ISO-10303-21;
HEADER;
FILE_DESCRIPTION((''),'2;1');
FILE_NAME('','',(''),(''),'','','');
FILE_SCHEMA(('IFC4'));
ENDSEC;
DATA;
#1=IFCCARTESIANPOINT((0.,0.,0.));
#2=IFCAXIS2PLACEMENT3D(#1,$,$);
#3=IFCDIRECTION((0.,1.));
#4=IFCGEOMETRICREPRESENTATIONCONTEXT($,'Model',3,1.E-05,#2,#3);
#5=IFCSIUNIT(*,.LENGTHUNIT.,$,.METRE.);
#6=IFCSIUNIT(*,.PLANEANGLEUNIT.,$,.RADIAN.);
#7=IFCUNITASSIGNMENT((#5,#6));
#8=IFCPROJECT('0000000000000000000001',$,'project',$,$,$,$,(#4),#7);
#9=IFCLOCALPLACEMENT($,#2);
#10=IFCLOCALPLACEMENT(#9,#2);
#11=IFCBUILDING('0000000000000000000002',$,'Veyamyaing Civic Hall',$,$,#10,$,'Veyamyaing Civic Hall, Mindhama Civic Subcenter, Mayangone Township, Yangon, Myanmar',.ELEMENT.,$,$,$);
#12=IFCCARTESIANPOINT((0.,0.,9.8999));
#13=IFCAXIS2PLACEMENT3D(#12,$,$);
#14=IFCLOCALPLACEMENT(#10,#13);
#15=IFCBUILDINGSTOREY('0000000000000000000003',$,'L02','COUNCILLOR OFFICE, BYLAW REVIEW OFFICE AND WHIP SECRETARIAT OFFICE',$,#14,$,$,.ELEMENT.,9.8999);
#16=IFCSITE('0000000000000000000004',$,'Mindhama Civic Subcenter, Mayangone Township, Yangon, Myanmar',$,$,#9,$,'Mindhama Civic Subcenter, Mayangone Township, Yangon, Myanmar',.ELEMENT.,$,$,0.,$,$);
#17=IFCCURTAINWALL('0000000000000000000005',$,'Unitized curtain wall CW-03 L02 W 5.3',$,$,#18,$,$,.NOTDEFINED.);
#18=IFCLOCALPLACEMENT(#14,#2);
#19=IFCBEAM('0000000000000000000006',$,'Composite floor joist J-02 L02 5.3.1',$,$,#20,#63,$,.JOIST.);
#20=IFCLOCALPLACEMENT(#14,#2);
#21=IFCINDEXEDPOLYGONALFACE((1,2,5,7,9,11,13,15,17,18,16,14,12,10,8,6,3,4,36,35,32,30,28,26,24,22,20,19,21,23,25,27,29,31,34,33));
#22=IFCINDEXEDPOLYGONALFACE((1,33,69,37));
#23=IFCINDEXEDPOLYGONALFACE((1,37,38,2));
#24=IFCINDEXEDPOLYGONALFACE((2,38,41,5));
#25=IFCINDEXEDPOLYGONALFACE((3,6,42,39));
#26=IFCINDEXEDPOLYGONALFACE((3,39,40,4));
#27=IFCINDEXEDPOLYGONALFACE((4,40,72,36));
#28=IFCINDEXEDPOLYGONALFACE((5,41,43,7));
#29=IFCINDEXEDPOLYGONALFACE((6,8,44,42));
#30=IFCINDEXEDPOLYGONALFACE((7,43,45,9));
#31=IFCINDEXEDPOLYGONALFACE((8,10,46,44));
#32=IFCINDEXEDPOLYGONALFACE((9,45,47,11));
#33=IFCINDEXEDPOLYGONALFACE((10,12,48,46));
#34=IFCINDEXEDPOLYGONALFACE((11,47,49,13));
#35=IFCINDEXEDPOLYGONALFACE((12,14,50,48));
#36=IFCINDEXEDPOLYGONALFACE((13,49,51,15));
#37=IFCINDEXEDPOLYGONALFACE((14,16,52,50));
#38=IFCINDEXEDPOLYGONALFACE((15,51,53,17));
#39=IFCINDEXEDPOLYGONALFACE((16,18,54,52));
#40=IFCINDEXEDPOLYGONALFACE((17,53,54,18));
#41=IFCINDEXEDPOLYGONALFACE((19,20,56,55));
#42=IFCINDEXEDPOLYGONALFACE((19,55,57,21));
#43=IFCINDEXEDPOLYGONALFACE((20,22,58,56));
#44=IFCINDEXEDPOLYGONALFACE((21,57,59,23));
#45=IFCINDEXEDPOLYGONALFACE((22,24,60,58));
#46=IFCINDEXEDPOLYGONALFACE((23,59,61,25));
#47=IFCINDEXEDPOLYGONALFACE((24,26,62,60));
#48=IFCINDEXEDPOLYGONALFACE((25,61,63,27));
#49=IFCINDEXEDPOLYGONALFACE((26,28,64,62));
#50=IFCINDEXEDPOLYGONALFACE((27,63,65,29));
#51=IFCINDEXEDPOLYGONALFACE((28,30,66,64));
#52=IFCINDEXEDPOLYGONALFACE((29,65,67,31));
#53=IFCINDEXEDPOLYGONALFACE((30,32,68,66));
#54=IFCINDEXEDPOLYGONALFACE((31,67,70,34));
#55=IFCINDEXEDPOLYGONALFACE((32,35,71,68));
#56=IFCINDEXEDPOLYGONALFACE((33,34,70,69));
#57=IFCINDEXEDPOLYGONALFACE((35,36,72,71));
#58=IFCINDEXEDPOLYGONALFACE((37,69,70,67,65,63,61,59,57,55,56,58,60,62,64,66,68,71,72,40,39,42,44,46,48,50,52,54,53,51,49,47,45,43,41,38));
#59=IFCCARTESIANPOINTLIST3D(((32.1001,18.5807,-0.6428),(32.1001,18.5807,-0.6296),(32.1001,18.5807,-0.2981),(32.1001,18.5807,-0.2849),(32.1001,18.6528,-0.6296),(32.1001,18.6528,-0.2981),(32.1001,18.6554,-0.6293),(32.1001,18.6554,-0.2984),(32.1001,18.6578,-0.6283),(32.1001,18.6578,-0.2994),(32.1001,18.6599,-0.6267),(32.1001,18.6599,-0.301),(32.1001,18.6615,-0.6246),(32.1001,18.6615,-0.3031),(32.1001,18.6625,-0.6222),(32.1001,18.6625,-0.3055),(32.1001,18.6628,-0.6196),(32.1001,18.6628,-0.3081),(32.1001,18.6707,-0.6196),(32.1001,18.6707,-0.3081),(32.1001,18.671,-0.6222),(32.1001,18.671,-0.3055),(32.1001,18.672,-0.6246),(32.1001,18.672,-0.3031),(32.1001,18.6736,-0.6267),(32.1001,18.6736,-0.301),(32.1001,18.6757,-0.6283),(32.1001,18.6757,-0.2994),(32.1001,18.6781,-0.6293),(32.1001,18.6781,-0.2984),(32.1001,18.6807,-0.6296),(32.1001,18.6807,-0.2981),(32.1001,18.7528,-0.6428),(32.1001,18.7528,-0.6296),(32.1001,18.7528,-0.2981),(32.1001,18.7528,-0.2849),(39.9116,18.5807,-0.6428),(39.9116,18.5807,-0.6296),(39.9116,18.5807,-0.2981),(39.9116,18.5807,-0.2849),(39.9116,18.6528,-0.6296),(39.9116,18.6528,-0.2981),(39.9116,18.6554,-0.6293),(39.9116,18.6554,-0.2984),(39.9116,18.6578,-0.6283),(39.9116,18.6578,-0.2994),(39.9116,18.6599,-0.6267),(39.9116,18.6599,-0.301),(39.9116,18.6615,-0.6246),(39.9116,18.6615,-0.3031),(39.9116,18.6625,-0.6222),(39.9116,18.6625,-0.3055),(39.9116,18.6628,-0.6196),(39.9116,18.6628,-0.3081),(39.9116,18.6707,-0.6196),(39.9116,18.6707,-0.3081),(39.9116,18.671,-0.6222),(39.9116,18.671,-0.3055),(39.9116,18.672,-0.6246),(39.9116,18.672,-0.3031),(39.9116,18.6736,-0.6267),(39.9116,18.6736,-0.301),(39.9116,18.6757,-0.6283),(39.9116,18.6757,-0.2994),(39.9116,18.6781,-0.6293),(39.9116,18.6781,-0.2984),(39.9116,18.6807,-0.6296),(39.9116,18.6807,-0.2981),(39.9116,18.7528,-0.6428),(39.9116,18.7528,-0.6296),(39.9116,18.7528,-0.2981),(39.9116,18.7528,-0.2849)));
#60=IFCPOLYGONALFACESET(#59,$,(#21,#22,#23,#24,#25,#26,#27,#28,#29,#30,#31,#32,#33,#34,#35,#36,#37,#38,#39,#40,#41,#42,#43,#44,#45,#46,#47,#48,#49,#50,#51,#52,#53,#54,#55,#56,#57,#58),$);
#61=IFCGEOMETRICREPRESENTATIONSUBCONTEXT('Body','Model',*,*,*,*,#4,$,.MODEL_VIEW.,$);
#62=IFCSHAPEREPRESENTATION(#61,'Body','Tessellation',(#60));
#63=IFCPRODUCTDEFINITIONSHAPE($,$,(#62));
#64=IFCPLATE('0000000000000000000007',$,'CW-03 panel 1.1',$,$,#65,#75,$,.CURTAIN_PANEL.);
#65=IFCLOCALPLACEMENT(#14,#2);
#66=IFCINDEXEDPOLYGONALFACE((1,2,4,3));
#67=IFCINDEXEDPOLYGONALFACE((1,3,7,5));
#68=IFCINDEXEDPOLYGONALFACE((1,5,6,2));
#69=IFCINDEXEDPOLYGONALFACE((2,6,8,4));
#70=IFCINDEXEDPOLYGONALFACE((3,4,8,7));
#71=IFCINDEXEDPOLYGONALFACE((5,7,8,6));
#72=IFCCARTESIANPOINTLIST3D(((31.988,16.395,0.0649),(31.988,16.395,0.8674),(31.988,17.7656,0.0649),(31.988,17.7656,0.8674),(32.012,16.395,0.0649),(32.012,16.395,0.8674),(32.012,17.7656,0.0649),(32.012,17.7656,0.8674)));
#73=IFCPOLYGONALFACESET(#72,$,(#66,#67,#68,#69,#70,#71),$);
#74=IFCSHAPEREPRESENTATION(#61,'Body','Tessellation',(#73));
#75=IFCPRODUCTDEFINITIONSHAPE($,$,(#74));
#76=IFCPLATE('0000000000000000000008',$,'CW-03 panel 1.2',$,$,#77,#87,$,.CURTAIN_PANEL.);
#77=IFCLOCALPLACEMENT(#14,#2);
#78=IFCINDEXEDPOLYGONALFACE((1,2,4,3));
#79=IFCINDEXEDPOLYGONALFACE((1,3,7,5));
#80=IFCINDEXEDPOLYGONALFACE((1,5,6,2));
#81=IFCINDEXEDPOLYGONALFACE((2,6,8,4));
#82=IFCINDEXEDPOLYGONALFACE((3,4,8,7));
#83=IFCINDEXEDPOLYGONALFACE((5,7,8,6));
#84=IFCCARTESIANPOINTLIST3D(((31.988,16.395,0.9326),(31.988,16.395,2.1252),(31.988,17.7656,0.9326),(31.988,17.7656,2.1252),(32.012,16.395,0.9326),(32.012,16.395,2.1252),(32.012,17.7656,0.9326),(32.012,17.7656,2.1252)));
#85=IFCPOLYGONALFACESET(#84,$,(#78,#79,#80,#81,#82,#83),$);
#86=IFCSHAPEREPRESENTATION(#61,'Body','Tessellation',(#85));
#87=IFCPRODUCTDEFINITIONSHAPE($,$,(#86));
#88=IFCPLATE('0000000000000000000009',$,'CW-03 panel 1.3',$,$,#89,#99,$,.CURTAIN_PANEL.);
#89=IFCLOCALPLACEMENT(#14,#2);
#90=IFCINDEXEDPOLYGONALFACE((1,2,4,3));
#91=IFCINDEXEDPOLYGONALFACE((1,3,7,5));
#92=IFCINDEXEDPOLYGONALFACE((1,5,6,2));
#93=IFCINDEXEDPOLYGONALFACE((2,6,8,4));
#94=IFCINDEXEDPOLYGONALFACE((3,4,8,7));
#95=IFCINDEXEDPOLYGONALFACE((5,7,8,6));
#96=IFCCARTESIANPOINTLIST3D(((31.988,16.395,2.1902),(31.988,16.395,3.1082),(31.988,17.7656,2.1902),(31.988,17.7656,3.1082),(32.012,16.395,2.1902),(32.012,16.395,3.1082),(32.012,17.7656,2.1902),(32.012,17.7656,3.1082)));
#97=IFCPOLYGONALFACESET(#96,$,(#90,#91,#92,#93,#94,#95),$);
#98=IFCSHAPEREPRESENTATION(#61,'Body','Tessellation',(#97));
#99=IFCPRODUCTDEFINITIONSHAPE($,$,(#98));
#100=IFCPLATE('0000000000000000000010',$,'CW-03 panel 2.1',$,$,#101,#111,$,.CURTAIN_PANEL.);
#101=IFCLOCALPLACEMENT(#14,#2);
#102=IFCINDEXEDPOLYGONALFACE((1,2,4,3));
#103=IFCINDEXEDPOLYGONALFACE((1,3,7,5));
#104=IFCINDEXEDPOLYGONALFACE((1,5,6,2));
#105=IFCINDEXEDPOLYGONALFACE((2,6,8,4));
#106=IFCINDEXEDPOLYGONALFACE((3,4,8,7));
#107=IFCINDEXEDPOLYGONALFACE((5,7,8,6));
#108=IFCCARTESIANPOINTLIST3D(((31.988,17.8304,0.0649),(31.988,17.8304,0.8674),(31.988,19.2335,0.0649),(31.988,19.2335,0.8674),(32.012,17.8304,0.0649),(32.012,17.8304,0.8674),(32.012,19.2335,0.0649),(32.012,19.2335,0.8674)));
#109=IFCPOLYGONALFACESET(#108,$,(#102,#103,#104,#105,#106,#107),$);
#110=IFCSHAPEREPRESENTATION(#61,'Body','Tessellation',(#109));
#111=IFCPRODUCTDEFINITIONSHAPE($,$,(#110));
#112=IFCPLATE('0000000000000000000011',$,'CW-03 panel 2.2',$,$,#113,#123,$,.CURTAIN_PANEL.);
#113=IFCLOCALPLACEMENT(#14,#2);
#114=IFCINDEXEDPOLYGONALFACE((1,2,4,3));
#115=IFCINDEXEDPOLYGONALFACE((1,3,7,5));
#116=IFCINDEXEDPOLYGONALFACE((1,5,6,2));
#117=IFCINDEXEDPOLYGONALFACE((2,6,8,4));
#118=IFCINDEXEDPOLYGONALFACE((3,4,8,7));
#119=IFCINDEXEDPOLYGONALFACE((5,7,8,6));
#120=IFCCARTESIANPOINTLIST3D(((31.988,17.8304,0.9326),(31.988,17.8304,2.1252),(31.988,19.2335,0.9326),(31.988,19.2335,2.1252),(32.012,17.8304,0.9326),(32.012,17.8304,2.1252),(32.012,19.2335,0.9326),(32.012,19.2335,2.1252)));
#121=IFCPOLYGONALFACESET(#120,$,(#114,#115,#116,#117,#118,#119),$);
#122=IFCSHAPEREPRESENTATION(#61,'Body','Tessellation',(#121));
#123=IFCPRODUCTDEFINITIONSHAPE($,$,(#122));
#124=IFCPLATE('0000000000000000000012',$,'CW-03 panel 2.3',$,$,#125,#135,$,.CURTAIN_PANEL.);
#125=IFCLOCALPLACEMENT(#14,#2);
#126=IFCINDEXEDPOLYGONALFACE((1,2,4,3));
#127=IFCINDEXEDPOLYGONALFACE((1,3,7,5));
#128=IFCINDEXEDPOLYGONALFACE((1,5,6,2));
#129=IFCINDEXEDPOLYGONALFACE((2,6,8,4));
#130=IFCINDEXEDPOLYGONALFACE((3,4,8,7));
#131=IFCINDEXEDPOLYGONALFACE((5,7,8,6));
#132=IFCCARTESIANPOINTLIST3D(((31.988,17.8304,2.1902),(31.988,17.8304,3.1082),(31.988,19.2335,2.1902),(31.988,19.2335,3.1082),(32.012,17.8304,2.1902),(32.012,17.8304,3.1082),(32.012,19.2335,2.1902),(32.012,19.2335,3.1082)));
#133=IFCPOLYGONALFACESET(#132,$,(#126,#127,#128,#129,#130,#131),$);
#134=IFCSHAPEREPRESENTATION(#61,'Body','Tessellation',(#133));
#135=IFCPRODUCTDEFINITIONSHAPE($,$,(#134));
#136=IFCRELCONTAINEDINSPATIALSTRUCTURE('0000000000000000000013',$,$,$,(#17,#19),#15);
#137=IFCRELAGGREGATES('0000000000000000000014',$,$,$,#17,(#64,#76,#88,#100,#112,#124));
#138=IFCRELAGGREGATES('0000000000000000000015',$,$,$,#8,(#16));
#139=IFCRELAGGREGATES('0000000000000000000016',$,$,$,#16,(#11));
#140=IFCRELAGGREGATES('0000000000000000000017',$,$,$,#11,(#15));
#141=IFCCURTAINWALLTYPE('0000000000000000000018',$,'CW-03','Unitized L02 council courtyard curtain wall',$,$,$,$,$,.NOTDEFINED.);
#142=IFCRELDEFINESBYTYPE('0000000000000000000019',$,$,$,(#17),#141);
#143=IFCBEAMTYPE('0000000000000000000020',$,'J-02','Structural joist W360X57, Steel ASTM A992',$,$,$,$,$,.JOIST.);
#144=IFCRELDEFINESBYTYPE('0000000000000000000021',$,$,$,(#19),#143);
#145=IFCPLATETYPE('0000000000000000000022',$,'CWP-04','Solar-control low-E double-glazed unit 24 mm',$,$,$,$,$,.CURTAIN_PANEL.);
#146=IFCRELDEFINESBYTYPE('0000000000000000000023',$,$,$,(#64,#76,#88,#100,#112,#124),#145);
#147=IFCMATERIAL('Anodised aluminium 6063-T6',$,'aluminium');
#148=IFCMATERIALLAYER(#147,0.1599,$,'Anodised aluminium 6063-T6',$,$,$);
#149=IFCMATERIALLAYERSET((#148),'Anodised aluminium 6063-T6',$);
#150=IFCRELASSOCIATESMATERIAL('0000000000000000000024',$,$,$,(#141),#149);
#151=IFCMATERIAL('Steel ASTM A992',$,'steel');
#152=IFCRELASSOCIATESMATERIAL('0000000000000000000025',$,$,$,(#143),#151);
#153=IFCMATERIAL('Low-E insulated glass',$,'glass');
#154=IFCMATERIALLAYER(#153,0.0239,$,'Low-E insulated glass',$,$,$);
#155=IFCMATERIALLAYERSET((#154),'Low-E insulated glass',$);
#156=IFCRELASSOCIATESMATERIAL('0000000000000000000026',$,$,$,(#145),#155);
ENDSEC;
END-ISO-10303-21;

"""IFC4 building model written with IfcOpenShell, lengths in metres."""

from ifc_helpers import new_model, si_unit, direction, frame, origin, origin_2d, place, context, subcontext, project, spatial, rectangle, i_section, extrude, material, layer, layer_set, material_profile, profile_set, type_object, element, aggregate, save


model = new_model("IFC4")

# Units and contexts
model_context = context("Model", 3, precision=1e-05, world=origin(), true_north=direction((0.0, 1.0)))
body_context = subcontext(model_context, "Body", "Model", "MODEL_VIEW")
ifc_project = project(units=[si_unit("LENGTHUNIT", "METRE"), si_unit("PLANEANGLEUNIT", "RADIAN")], contexts=[model_context])

# Site, building, storey
site_placement = place(None, origin())
site = spatial("IfcSite", under=ifc_project, at=site_placement, Name="Mindhama Civic Subcenter, Mayangone Township, Yangon, Myanmar", LongName="Mindhama Civic Subcenter, Mayangone Township, Yangon, Myanmar", CompositionType="ELEMENT", RefElevation=0.0)
building_placement = place(site_placement, origin())
building = spatial("IfcBuilding", under=site, at=building_placement, Name="Veyamyaing Civic Hall", LongName="Veyamyaing Civic Hall, Mindhama Civic Subcenter, Mayangone Township, Yangon, Myanmar", CompositionType="ELEMENT")
storey_placement = place(building_placement, frame((0.0, 0.0, 9.8999)))
storey = spatial("IfcBuildingStorey", under=building, at=storey_placement, Name="L02", Description="COUNCILLOR OFFICE, BYLAW REVIEW OFFICE AND WHIP SECRETARIAT OFFICE", CompositionType="ELEMENT", Elevation=9.8999)

# Curtain wall
ifc_material_1 = material(Name="Anodised aluminium 6063-T6", Category="aluminium")
ifc_layer_1 = layer(ifc_material_1, 0.1599, Name="Anodised aluminium 6063-T6")
ifc_layer_set_1 = layer_set([ifc_layer_1], Name="Anodised aluminium 6063-T6")
curtain_wall_type = type_object("IfcCurtainWallType", Name="CW-03", Description="Unitized L02 council courtyard curtain wall", PredefinedType="NOTDEFINED", material=ifc_layer_set_1)
curtain_wall_placement = place(storey_placement, origin())
curtain_wall = element("IfcCurtainWall", 1, at=curtain_wall_placement, inside=storey, type_object=curtain_wall_type, Name="Unitized curtain wall CW-03 L02 W 5.3", PredefinedType="NOTDEFINED")

# Beam
ifc_material_2 = material(Name="Steel ASTM A992", Category="steel")
ifc_material_profile_1 = material_profile(ifc_material_2, i_section(OverallWidth=0.1721, OverallDepth=0.3579, WebThickness=0.0078, FlangeThickness=0.0132, FilletRadius=0.01, at=origin_2d()), Name="W360X57")
ifc_profile_set_1 = profile_set([ifc_material_profile_1], Name="Steel ASTM A992")
beam_type = type_object("IfcBeamType", Name="J-02", Description="Structural joist W360X57, Steel ASTM A992", PredefinedType="JOIST", material=ifc_profile_set_1)
beam_placement = place(storey_placement, frame((32.1001, 18.6667, -0.4639), z_axis=(1.0, 0.0, 0.0), x_axis=(0.0, 1.0, 0.0)))
element("IfcBeam", 2, at=beam_placement, inside=storey, type_object=beam_type, Name="Composite floor joist J-02 L02 5.3.1", PredefinedType="JOIST", context=body_context, shape_type="SweptSolid", body=[
    extrude(i_section(OverallWidth=0.1721, OverallDepth=0.3579, WebThickness=0.0078, FlangeThickness=0.0132, FilletRadius=0.01, at=origin_2d()), origin(), (0.0, 0.0, 1.0), 7.8115),
])

# Plates
ifc_material_3 = material(Name="Low-E insulated glass", Category="glass")
ifc_layer_2 = layer(ifc_material_3, 0.0239, Name="Low-E insulated glass")
ifc_layer_set_2 = layer_set([ifc_layer_2], Name="Low-E insulated glass")
plate_type = type_object("IfcPlateType", Name="CWP-04", Description="Solar-control low-E double-glazed unit 24 mm", PredefinedType="CURTAIN_PANEL", material=ifc_layer_set_2)
plate_1_placement = place(storey_placement, frame((32.0, 17.0803, 0.0649), z_axis=(0.0, 0.0, 1.0), x_axis=(0.0, 1.0, 0.0)))
plate_1 = element("IfcPlate", 3, at=plate_1_placement, type_object=plate_type, Name="CW-03 panel 1.1", PredefinedType="CURTAIN_PANEL", context=body_context, shape_type="SweptSolid", body=[
    extrude(rectangle(XDim=1.3706, YDim=0.0239, at=origin_2d()), origin(), (0.0, 0.0, 1.0), 0.8025),
])
plate_2_placement = place(storey_placement, frame((32.0, 17.0803, 0.9326), z_axis=(0.0, 0.0, 1.0), x_axis=(0.0, 1.0, 0.0)))
plate_2 = element("IfcPlate", 4, at=plate_2_placement, type_object=plate_type, Name="CW-03 panel 1.2", PredefinedType="CURTAIN_PANEL", context=body_context, shape_type="SweptSolid", body=[
    extrude(rectangle(XDim=1.3706, YDim=0.0239, at=origin_2d()), origin(), (0.0, 0.0, 1.0), 1.1926),
])
plate_3_placement = place(storey_placement, frame((32.0, 17.0803, 2.1902), z_axis=(0.0, 0.0, 1.0), x_axis=(0.0, 1.0, 0.0)))
plate_3 = element("IfcPlate", 5, at=plate_3_placement, type_object=plate_type, Name="CW-03 panel 1.3", PredefinedType="CURTAIN_PANEL", context=body_context, shape_type="SweptSolid", body=[
    extrude(rectangle(XDim=1.3706, YDim=0.0239, at=origin_2d()), origin(), (0.0, 0.0, 1.0), 0.918),
])
plate_4_placement = place(storey_placement, frame((32.0, 18.532, 0.0649), z_axis=(0.0, 0.0, 1.0), x_axis=(0.0, 1.0, 0.0)))
plate_4 = element("IfcPlate", 6, at=plate_4_placement, type_object=plate_type, Name="CW-03 panel 2.1", PredefinedType="CURTAIN_PANEL", context=body_context, shape_type="SweptSolid", body=[
    extrude(rectangle(XDim=1.4031, YDim=0.0239, at=origin_2d()), origin(), (0.0, 0.0, 1.0), 0.8025),
])
plate_5_placement = place(storey_placement, frame((32.0, 18.532, 0.9326), z_axis=(0.0, 0.0, 1.0), x_axis=(0.0, 1.0, 0.0)))
plate_5 = element("IfcPlate", 7, at=plate_5_placement, type_object=plate_type, Name="CW-03 panel 2.2", PredefinedType="CURTAIN_PANEL", context=body_context, shape_type="SweptSolid", body=[
    extrude(rectangle(XDim=1.4031, YDim=0.0239, at=origin_2d()), origin(), (0.0, 0.0, 1.0), 1.1926),
])
plate_6_placement = place(storey_placement, frame((32.0, 18.532, 2.1902), z_axis=(0.0, 0.0, 1.0), x_axis=(0.0, 1.0, 0.0)))
plate_6 = element("IfcPlate", 8, at=plate_6_placement, type_object=plate_type, Name="CW-03 panel 2.3", PredefinedType="CURTAIN_PANEL", context=body_context, shape_type="SweptSolid", body=[
    extrude(rectangle(XDim=1.4031, YDim=0.0239, at=origin_2d()), origin(), (0.0, 0.0, 1.0), 0.918),
])
aggregate(curtain_wall, [plate_1, plate_2, plate_3, plate_4, plate_5, plate_6])

save(model, "model.ifc")
